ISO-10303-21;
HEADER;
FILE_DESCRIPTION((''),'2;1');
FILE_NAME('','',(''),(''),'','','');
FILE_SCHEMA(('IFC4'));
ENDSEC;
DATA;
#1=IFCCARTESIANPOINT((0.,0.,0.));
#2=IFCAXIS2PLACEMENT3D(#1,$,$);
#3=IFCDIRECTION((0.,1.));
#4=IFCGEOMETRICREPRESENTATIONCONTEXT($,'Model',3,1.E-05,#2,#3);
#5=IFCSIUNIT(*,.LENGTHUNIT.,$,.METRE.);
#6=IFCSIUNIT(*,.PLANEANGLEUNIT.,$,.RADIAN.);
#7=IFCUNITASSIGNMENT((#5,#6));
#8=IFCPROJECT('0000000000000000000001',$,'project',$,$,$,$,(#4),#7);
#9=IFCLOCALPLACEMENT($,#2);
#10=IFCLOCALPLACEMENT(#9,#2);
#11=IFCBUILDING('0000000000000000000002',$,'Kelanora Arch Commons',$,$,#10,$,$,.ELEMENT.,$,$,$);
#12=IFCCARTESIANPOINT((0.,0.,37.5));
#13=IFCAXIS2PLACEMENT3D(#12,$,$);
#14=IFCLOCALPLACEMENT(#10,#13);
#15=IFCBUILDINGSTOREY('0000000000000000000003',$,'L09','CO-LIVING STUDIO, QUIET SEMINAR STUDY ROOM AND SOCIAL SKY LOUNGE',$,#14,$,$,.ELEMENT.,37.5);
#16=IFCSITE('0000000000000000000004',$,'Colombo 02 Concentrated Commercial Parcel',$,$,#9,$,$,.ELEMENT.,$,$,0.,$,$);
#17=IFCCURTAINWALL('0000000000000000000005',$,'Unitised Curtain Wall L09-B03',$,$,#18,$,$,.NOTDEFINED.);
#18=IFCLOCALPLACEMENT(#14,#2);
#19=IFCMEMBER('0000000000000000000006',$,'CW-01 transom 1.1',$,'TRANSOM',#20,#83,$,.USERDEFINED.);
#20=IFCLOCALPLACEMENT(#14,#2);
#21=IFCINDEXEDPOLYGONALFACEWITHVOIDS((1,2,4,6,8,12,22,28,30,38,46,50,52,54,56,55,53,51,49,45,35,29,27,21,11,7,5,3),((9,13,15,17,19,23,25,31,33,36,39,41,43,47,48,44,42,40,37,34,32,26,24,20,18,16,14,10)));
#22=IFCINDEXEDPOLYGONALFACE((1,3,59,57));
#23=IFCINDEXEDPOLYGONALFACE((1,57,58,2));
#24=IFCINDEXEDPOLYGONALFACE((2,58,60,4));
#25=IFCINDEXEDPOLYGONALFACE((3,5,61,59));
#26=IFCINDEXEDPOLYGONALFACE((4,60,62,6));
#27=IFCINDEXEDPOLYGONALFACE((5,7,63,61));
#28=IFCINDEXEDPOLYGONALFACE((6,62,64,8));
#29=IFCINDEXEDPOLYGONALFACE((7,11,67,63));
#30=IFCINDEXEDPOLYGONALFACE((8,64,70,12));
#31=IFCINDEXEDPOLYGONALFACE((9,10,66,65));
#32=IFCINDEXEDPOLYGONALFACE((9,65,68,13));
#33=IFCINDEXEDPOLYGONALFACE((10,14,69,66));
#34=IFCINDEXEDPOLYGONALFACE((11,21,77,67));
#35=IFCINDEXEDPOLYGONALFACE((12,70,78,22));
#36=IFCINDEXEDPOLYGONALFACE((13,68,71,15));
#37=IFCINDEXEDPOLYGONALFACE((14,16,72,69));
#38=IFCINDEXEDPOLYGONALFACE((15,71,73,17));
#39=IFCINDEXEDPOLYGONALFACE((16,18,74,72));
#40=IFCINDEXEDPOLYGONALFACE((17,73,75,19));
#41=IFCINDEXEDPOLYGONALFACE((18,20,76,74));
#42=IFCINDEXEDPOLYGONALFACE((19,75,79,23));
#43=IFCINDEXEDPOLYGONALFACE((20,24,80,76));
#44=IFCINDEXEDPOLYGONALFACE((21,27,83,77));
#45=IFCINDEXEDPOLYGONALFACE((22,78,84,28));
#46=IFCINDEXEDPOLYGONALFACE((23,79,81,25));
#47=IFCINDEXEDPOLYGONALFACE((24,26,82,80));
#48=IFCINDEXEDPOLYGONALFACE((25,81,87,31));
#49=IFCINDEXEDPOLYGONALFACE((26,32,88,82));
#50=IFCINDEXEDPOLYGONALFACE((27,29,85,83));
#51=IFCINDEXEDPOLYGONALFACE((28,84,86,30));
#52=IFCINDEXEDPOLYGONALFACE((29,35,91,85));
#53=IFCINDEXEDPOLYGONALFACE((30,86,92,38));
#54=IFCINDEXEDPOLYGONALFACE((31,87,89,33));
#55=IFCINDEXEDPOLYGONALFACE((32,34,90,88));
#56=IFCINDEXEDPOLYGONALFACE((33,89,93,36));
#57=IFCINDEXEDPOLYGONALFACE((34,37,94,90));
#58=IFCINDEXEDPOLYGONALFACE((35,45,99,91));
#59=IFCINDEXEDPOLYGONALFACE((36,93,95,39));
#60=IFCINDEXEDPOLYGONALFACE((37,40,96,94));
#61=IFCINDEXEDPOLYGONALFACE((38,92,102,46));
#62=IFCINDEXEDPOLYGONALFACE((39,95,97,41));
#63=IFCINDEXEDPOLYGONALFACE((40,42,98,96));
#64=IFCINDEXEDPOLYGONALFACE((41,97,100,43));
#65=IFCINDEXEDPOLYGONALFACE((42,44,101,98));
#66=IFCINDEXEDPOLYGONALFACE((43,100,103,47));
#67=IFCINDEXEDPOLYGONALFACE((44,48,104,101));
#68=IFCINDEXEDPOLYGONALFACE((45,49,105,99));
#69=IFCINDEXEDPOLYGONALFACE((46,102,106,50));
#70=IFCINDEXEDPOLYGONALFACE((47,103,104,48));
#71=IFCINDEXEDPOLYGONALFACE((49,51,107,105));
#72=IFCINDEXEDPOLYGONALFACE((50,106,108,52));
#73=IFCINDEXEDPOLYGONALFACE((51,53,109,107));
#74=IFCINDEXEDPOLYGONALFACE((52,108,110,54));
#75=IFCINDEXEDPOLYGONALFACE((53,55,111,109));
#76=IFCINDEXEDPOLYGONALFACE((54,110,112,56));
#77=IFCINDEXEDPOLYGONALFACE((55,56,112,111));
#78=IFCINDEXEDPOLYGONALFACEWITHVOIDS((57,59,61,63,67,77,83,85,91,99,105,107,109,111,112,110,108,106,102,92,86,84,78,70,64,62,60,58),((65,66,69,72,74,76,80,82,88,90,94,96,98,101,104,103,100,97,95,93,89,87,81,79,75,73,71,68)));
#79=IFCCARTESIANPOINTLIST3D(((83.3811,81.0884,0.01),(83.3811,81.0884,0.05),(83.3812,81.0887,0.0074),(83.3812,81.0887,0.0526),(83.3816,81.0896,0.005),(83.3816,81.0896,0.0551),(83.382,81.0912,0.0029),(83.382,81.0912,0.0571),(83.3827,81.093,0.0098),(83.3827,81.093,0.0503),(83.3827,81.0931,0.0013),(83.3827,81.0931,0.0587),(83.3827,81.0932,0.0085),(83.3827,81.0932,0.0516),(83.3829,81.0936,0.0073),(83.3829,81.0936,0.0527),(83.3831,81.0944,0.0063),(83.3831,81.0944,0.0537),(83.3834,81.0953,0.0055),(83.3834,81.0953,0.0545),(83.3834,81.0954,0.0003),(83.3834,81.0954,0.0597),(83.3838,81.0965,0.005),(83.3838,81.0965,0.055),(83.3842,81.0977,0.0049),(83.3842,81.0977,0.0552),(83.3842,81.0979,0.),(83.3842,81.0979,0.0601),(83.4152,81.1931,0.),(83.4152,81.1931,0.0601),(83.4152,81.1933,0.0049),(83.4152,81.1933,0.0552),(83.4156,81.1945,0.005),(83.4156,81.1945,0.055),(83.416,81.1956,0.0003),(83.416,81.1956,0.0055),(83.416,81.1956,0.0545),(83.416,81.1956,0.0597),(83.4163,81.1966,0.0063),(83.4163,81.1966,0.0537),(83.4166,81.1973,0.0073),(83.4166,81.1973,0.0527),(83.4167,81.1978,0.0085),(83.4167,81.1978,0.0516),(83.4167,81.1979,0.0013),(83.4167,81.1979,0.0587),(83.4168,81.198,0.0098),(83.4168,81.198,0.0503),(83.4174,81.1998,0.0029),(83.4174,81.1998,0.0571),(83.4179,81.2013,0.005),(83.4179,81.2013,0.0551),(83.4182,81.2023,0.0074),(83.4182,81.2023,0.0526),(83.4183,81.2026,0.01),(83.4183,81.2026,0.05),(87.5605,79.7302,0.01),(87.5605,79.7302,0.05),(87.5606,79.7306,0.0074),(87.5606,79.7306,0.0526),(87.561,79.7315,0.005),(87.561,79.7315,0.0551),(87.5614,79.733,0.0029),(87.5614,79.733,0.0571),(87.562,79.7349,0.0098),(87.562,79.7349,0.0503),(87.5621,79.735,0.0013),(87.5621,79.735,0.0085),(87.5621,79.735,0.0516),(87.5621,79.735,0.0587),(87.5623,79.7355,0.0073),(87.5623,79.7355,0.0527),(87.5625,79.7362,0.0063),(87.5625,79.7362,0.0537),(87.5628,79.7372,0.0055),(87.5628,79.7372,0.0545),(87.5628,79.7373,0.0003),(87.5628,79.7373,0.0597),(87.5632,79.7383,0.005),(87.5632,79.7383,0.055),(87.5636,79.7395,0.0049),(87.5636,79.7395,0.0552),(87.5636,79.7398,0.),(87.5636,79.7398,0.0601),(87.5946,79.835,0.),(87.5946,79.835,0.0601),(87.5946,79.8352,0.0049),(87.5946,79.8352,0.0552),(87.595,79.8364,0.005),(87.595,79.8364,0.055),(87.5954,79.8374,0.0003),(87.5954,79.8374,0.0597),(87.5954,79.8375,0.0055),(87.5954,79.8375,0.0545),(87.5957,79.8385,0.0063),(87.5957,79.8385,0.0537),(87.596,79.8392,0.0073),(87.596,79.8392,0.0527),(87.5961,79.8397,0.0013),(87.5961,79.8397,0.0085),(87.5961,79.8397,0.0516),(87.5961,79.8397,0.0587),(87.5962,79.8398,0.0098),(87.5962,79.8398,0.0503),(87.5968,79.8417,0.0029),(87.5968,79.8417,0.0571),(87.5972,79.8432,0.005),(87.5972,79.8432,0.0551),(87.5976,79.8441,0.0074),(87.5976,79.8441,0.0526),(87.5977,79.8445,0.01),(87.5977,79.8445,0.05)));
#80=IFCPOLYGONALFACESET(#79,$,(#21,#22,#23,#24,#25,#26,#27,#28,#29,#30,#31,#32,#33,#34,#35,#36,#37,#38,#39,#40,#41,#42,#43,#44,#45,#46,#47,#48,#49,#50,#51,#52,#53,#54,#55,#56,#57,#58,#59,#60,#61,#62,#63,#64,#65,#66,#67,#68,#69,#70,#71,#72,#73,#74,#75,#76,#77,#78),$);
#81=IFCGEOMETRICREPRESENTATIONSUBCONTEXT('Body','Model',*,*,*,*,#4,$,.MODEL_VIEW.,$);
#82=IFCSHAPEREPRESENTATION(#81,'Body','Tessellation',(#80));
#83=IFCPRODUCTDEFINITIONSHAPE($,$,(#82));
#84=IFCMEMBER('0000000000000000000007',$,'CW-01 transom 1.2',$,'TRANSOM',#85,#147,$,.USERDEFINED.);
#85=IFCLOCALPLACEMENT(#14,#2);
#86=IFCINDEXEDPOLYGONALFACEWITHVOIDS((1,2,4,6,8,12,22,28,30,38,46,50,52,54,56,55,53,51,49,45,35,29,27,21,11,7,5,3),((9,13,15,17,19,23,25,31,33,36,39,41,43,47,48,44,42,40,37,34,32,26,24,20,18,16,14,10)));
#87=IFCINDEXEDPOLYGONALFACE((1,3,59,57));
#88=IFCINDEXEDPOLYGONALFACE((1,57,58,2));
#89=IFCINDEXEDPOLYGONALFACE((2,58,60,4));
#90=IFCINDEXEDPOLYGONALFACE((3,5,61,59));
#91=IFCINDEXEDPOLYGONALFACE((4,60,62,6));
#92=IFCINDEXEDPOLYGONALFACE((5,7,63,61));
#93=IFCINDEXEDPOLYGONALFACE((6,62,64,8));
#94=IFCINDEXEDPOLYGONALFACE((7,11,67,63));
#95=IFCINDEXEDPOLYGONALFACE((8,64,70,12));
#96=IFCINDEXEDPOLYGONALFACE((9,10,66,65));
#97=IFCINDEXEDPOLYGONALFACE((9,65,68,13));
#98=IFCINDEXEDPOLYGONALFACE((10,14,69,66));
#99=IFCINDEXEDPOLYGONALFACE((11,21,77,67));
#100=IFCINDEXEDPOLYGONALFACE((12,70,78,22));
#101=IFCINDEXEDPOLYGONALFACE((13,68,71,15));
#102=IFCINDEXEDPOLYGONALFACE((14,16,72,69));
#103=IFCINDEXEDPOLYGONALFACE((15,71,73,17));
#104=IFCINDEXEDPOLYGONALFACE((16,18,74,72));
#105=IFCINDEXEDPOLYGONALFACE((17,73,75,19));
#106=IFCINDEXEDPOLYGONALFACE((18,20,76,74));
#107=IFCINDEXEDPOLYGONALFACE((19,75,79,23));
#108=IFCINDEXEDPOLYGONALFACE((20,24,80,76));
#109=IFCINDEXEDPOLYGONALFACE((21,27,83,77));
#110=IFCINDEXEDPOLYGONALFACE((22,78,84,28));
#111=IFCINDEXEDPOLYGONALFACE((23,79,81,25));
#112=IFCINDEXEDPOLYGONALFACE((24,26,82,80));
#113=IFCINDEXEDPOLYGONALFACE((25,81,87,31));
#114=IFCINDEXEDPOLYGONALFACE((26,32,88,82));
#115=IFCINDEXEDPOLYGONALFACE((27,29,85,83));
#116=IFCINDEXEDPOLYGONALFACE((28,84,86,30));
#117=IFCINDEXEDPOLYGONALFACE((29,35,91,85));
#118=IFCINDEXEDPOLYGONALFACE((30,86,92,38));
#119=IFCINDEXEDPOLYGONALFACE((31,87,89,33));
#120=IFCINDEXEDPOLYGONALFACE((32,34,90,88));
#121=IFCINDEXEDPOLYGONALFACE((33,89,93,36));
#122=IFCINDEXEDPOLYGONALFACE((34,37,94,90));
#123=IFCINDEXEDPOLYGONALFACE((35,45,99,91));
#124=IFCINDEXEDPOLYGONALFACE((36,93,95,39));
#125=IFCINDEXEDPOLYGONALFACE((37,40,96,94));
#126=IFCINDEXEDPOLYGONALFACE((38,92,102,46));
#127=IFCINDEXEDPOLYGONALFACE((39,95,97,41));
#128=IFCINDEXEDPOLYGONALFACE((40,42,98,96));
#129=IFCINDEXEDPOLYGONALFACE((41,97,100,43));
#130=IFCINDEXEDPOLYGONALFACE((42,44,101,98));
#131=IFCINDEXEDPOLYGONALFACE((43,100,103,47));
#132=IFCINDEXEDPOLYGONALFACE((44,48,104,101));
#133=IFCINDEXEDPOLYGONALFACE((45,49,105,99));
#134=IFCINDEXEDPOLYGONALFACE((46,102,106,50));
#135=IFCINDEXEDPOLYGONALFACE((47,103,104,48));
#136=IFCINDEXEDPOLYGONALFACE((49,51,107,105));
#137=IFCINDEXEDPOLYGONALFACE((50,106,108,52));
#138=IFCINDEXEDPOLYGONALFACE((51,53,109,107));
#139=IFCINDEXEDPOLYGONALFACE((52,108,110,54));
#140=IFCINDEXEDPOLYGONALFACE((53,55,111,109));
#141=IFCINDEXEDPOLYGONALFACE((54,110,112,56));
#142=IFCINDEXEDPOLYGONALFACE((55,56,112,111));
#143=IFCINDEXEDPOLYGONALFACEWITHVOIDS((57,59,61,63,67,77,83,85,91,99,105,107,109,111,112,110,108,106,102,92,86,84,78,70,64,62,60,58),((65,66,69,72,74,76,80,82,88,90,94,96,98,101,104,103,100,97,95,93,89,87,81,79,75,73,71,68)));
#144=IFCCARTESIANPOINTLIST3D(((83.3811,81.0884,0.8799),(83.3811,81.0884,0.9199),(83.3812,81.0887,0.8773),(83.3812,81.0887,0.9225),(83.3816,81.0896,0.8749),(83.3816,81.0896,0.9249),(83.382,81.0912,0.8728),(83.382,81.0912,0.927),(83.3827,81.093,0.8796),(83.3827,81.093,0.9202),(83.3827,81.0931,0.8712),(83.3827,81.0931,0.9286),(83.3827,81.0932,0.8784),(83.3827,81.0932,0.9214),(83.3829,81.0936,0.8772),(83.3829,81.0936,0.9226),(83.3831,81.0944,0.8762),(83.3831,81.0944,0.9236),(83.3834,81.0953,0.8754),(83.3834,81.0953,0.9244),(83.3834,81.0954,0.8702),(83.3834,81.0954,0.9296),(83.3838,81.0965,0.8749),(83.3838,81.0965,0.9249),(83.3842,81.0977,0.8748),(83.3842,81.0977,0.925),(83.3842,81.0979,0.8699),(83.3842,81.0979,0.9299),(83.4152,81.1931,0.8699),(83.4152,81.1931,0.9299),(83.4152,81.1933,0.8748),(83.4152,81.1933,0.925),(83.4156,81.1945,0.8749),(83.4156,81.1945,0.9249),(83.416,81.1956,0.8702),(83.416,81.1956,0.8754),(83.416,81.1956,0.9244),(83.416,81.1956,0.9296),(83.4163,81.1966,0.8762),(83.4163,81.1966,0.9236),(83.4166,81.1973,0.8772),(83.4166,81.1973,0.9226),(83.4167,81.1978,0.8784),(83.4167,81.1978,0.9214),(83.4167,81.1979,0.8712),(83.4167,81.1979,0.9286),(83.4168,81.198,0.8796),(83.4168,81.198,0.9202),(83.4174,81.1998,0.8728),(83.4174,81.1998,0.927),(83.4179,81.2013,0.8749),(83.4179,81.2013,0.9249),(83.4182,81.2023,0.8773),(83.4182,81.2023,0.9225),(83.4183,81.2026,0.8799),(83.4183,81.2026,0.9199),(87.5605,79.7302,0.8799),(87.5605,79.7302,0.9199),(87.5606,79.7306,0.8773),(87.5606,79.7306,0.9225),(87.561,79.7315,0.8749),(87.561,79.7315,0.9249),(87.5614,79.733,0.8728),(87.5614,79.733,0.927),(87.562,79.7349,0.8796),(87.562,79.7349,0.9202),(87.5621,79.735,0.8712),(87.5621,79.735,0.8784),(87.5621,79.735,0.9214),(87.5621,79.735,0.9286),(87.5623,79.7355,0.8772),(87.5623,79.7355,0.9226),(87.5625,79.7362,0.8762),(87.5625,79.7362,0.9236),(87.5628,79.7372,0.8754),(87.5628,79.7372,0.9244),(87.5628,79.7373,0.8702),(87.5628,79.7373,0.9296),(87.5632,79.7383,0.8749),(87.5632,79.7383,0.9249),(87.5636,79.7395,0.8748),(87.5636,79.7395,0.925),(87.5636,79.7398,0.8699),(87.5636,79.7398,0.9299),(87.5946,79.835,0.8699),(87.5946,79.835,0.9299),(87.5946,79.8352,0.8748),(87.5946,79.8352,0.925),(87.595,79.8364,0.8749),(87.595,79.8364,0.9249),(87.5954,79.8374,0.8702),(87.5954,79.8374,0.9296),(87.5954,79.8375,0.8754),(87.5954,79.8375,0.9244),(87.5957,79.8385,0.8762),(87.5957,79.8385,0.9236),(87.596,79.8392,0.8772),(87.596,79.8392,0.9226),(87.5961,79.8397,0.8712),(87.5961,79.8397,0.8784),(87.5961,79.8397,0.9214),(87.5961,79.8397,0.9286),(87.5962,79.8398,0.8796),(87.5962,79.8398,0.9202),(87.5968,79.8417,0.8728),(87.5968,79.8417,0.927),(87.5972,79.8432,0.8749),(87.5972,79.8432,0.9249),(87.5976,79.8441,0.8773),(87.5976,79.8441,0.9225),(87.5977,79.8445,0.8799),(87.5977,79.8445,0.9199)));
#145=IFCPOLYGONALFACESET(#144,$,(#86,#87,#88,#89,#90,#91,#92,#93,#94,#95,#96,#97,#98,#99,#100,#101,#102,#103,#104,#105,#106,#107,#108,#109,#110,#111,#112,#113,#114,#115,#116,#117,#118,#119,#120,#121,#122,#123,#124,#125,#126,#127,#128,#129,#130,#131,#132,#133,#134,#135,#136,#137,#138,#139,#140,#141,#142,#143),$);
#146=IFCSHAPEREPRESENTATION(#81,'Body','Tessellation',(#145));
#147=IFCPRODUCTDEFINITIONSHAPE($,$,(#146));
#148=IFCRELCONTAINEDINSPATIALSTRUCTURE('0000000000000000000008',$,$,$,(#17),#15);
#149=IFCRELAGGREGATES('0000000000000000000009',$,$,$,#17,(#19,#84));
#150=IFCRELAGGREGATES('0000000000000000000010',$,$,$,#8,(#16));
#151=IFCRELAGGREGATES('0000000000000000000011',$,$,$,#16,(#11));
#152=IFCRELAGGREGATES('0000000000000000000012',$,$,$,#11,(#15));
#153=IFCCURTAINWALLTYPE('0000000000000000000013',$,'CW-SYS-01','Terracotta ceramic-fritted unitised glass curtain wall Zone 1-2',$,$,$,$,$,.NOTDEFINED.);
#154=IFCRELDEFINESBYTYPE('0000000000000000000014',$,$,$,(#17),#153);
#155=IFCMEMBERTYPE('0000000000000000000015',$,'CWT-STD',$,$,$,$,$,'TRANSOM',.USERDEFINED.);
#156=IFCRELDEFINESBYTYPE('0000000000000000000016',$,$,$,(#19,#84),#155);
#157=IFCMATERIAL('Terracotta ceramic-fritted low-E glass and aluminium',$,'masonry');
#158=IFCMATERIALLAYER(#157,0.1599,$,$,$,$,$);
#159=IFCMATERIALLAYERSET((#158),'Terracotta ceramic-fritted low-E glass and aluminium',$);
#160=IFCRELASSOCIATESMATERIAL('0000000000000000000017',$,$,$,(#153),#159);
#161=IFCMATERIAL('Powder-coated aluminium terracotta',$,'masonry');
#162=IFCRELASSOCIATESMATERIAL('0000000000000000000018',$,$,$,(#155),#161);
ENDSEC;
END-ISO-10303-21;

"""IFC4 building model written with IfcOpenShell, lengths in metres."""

from ifc_helpers import new_model, si_unit, direction, frame, origin, origin_2d, place, context, subcontext, project, spatial, hollow_rectangle, extrude, material, layer, layer_set, material_profile, profile_set, type_object, element, aggregate, save


model = new_model("IFC4")

# Units and contexts
model_context = context("Model", 3, precision=1e-05, world=origin(), true_north=direction((0.0, 1.0)))
body_context = subcontext(model_context, "Body", "Model", "MODEL_VIEW")
ifc_project = project(units=[si_unit("LENGTHUNIT", "METRE"), si_unit("PLANEANGLEUNIT", "RADIAN")], contexts=[model_context])

# Site, building, storey
site_placement = place(None, origin())
site = spatial("IfcSite", under=ifc_project, at=site_placement, Name="Colombo 02 Concentrated Commercial Parcel", CompositionType="ELEMENT", RefElevation=0.0)
building_placement = place(site_placement, origin())
building = spatial("IfcBuilding", under=site, at=building_placement, Name="Kelanora Arch Commons", CompositionType="ELEMENT")
storey_placement = place(building_placement, frame((0.0, 0.0, 37.5)))
storey = spatial("IfcBuildingStorey", under=building, at=storey_placement, Name="L09", Description="CO-LIVING STUDIO, QUIET SEMINAR STUDY ROOM AND SOCIAL SKY LOUNGE", CompositionType="ELEMENT", Elevation=37.5)

# Shared definitions
ifc_material_1 = material(Name="Terracotta ceramic-fritted low-E glass and aluminium", Category="masonry")
ifc_layer_1 = layer(ifc_material_1, 0.1599)
ifc_layer_set_1 = layer_set([ifc_layer_1], Name="Terracotta ceramic-fritted low-E glass and aluminium")
curtain_wall_type = type_object("IfcCurtainWallType", Name="CW-SYS-01", Description="Terracotta ceramic-fritted unitised glass curtain wall Zone 1-2", PredefinedType="NOTDEFINED", material=ifc_layer_set_1)
ifc_material_2 = material(Name="Powder-coated aluminium terracotta", Category="masonry")

# Curtain wall, members
curtain_wall_1_placement = place(storey_placement, origin())
curtain_wall_1 = element("IfcCurtainWall", 1, at=curtain_wall_1_placement, inside=storey, type_object=curtain_wall_type, Name="Unitised Curtain Wall L09-B03", PredefinedType="NOTDEFINED")
ifc_material_profile_1 = material_profile(ifc_material_2, hollow_rectangle(XDim=0.1201, YDim=0.0601, WallThickness=0.0049, InnerFilletRadius=0.0049, OuterFilletRadius=0.01, at=origin_2d()), Name="CWT120x60")
ifc_profile_set_1 = profile_set([ifc_material_profile_1], Name="Powder-coated aluminium terracotta")
member_type_1 = type_object("IfcMemberType", Name="CWT-STD", ElementType="TRANSOM", PredefinedType="USERDEFINED", material=ifc_profile_set_1)
member_1_placement = place(storey_placement, frame((87.5791, 79.7874, 0.03), z_axis=(-0.951045, 0.309052, 0.0), x_axis=(-0.309052, -0.951045, 0.0)))
member_1 = element("IfcMember", 2, at=member_1_placement, type_object=member_type_1, Name="CW-01 transom 1.1", ObjectType="TRANSOM", PredefinedType="USERDEFINED", context=body_context, shape_type="SweptSolid", body=[
    extrude(hollow_rectangle(XDim=0.1201, YDim=0.0601, WallThickness=0.0049, InnerFilletRadius=0.0049, OuterFilletRadius=0.01, at=origin_2d()), origin(), (0.0, 0.0, 1.0), 4.3945),
])
member_2_placement = place(storey_placement, frame((87.5791, 79.7874, 0.8999), z_axis=(-0.951045, 0.309052, 0.0), x_axis=(-0.309052, -0.951045, 0.0)))
member_2 = element("IfcMember", 3, at=member_2_placement, type_object=member_type_1, Name="CW-01 transom 1.2", ObjectType="TRANSOM", PredefinedType="USERDEFINED", context=body_context, shape_type="SweptSolid", body=[
    extrude(hollow_rectangle(XDim=0.1201, YDim=0.0601, WallThickness=0.0049, InnerFilletRadius=0.0049, OuterFilletRadius=0.01, at=origin_2d()), origin(), (0.0, 0.0, 1.0), 4.3945),
])
aggregate(curtain_wall_1, [member_1, member_2])

save(model, "model.ifc")
